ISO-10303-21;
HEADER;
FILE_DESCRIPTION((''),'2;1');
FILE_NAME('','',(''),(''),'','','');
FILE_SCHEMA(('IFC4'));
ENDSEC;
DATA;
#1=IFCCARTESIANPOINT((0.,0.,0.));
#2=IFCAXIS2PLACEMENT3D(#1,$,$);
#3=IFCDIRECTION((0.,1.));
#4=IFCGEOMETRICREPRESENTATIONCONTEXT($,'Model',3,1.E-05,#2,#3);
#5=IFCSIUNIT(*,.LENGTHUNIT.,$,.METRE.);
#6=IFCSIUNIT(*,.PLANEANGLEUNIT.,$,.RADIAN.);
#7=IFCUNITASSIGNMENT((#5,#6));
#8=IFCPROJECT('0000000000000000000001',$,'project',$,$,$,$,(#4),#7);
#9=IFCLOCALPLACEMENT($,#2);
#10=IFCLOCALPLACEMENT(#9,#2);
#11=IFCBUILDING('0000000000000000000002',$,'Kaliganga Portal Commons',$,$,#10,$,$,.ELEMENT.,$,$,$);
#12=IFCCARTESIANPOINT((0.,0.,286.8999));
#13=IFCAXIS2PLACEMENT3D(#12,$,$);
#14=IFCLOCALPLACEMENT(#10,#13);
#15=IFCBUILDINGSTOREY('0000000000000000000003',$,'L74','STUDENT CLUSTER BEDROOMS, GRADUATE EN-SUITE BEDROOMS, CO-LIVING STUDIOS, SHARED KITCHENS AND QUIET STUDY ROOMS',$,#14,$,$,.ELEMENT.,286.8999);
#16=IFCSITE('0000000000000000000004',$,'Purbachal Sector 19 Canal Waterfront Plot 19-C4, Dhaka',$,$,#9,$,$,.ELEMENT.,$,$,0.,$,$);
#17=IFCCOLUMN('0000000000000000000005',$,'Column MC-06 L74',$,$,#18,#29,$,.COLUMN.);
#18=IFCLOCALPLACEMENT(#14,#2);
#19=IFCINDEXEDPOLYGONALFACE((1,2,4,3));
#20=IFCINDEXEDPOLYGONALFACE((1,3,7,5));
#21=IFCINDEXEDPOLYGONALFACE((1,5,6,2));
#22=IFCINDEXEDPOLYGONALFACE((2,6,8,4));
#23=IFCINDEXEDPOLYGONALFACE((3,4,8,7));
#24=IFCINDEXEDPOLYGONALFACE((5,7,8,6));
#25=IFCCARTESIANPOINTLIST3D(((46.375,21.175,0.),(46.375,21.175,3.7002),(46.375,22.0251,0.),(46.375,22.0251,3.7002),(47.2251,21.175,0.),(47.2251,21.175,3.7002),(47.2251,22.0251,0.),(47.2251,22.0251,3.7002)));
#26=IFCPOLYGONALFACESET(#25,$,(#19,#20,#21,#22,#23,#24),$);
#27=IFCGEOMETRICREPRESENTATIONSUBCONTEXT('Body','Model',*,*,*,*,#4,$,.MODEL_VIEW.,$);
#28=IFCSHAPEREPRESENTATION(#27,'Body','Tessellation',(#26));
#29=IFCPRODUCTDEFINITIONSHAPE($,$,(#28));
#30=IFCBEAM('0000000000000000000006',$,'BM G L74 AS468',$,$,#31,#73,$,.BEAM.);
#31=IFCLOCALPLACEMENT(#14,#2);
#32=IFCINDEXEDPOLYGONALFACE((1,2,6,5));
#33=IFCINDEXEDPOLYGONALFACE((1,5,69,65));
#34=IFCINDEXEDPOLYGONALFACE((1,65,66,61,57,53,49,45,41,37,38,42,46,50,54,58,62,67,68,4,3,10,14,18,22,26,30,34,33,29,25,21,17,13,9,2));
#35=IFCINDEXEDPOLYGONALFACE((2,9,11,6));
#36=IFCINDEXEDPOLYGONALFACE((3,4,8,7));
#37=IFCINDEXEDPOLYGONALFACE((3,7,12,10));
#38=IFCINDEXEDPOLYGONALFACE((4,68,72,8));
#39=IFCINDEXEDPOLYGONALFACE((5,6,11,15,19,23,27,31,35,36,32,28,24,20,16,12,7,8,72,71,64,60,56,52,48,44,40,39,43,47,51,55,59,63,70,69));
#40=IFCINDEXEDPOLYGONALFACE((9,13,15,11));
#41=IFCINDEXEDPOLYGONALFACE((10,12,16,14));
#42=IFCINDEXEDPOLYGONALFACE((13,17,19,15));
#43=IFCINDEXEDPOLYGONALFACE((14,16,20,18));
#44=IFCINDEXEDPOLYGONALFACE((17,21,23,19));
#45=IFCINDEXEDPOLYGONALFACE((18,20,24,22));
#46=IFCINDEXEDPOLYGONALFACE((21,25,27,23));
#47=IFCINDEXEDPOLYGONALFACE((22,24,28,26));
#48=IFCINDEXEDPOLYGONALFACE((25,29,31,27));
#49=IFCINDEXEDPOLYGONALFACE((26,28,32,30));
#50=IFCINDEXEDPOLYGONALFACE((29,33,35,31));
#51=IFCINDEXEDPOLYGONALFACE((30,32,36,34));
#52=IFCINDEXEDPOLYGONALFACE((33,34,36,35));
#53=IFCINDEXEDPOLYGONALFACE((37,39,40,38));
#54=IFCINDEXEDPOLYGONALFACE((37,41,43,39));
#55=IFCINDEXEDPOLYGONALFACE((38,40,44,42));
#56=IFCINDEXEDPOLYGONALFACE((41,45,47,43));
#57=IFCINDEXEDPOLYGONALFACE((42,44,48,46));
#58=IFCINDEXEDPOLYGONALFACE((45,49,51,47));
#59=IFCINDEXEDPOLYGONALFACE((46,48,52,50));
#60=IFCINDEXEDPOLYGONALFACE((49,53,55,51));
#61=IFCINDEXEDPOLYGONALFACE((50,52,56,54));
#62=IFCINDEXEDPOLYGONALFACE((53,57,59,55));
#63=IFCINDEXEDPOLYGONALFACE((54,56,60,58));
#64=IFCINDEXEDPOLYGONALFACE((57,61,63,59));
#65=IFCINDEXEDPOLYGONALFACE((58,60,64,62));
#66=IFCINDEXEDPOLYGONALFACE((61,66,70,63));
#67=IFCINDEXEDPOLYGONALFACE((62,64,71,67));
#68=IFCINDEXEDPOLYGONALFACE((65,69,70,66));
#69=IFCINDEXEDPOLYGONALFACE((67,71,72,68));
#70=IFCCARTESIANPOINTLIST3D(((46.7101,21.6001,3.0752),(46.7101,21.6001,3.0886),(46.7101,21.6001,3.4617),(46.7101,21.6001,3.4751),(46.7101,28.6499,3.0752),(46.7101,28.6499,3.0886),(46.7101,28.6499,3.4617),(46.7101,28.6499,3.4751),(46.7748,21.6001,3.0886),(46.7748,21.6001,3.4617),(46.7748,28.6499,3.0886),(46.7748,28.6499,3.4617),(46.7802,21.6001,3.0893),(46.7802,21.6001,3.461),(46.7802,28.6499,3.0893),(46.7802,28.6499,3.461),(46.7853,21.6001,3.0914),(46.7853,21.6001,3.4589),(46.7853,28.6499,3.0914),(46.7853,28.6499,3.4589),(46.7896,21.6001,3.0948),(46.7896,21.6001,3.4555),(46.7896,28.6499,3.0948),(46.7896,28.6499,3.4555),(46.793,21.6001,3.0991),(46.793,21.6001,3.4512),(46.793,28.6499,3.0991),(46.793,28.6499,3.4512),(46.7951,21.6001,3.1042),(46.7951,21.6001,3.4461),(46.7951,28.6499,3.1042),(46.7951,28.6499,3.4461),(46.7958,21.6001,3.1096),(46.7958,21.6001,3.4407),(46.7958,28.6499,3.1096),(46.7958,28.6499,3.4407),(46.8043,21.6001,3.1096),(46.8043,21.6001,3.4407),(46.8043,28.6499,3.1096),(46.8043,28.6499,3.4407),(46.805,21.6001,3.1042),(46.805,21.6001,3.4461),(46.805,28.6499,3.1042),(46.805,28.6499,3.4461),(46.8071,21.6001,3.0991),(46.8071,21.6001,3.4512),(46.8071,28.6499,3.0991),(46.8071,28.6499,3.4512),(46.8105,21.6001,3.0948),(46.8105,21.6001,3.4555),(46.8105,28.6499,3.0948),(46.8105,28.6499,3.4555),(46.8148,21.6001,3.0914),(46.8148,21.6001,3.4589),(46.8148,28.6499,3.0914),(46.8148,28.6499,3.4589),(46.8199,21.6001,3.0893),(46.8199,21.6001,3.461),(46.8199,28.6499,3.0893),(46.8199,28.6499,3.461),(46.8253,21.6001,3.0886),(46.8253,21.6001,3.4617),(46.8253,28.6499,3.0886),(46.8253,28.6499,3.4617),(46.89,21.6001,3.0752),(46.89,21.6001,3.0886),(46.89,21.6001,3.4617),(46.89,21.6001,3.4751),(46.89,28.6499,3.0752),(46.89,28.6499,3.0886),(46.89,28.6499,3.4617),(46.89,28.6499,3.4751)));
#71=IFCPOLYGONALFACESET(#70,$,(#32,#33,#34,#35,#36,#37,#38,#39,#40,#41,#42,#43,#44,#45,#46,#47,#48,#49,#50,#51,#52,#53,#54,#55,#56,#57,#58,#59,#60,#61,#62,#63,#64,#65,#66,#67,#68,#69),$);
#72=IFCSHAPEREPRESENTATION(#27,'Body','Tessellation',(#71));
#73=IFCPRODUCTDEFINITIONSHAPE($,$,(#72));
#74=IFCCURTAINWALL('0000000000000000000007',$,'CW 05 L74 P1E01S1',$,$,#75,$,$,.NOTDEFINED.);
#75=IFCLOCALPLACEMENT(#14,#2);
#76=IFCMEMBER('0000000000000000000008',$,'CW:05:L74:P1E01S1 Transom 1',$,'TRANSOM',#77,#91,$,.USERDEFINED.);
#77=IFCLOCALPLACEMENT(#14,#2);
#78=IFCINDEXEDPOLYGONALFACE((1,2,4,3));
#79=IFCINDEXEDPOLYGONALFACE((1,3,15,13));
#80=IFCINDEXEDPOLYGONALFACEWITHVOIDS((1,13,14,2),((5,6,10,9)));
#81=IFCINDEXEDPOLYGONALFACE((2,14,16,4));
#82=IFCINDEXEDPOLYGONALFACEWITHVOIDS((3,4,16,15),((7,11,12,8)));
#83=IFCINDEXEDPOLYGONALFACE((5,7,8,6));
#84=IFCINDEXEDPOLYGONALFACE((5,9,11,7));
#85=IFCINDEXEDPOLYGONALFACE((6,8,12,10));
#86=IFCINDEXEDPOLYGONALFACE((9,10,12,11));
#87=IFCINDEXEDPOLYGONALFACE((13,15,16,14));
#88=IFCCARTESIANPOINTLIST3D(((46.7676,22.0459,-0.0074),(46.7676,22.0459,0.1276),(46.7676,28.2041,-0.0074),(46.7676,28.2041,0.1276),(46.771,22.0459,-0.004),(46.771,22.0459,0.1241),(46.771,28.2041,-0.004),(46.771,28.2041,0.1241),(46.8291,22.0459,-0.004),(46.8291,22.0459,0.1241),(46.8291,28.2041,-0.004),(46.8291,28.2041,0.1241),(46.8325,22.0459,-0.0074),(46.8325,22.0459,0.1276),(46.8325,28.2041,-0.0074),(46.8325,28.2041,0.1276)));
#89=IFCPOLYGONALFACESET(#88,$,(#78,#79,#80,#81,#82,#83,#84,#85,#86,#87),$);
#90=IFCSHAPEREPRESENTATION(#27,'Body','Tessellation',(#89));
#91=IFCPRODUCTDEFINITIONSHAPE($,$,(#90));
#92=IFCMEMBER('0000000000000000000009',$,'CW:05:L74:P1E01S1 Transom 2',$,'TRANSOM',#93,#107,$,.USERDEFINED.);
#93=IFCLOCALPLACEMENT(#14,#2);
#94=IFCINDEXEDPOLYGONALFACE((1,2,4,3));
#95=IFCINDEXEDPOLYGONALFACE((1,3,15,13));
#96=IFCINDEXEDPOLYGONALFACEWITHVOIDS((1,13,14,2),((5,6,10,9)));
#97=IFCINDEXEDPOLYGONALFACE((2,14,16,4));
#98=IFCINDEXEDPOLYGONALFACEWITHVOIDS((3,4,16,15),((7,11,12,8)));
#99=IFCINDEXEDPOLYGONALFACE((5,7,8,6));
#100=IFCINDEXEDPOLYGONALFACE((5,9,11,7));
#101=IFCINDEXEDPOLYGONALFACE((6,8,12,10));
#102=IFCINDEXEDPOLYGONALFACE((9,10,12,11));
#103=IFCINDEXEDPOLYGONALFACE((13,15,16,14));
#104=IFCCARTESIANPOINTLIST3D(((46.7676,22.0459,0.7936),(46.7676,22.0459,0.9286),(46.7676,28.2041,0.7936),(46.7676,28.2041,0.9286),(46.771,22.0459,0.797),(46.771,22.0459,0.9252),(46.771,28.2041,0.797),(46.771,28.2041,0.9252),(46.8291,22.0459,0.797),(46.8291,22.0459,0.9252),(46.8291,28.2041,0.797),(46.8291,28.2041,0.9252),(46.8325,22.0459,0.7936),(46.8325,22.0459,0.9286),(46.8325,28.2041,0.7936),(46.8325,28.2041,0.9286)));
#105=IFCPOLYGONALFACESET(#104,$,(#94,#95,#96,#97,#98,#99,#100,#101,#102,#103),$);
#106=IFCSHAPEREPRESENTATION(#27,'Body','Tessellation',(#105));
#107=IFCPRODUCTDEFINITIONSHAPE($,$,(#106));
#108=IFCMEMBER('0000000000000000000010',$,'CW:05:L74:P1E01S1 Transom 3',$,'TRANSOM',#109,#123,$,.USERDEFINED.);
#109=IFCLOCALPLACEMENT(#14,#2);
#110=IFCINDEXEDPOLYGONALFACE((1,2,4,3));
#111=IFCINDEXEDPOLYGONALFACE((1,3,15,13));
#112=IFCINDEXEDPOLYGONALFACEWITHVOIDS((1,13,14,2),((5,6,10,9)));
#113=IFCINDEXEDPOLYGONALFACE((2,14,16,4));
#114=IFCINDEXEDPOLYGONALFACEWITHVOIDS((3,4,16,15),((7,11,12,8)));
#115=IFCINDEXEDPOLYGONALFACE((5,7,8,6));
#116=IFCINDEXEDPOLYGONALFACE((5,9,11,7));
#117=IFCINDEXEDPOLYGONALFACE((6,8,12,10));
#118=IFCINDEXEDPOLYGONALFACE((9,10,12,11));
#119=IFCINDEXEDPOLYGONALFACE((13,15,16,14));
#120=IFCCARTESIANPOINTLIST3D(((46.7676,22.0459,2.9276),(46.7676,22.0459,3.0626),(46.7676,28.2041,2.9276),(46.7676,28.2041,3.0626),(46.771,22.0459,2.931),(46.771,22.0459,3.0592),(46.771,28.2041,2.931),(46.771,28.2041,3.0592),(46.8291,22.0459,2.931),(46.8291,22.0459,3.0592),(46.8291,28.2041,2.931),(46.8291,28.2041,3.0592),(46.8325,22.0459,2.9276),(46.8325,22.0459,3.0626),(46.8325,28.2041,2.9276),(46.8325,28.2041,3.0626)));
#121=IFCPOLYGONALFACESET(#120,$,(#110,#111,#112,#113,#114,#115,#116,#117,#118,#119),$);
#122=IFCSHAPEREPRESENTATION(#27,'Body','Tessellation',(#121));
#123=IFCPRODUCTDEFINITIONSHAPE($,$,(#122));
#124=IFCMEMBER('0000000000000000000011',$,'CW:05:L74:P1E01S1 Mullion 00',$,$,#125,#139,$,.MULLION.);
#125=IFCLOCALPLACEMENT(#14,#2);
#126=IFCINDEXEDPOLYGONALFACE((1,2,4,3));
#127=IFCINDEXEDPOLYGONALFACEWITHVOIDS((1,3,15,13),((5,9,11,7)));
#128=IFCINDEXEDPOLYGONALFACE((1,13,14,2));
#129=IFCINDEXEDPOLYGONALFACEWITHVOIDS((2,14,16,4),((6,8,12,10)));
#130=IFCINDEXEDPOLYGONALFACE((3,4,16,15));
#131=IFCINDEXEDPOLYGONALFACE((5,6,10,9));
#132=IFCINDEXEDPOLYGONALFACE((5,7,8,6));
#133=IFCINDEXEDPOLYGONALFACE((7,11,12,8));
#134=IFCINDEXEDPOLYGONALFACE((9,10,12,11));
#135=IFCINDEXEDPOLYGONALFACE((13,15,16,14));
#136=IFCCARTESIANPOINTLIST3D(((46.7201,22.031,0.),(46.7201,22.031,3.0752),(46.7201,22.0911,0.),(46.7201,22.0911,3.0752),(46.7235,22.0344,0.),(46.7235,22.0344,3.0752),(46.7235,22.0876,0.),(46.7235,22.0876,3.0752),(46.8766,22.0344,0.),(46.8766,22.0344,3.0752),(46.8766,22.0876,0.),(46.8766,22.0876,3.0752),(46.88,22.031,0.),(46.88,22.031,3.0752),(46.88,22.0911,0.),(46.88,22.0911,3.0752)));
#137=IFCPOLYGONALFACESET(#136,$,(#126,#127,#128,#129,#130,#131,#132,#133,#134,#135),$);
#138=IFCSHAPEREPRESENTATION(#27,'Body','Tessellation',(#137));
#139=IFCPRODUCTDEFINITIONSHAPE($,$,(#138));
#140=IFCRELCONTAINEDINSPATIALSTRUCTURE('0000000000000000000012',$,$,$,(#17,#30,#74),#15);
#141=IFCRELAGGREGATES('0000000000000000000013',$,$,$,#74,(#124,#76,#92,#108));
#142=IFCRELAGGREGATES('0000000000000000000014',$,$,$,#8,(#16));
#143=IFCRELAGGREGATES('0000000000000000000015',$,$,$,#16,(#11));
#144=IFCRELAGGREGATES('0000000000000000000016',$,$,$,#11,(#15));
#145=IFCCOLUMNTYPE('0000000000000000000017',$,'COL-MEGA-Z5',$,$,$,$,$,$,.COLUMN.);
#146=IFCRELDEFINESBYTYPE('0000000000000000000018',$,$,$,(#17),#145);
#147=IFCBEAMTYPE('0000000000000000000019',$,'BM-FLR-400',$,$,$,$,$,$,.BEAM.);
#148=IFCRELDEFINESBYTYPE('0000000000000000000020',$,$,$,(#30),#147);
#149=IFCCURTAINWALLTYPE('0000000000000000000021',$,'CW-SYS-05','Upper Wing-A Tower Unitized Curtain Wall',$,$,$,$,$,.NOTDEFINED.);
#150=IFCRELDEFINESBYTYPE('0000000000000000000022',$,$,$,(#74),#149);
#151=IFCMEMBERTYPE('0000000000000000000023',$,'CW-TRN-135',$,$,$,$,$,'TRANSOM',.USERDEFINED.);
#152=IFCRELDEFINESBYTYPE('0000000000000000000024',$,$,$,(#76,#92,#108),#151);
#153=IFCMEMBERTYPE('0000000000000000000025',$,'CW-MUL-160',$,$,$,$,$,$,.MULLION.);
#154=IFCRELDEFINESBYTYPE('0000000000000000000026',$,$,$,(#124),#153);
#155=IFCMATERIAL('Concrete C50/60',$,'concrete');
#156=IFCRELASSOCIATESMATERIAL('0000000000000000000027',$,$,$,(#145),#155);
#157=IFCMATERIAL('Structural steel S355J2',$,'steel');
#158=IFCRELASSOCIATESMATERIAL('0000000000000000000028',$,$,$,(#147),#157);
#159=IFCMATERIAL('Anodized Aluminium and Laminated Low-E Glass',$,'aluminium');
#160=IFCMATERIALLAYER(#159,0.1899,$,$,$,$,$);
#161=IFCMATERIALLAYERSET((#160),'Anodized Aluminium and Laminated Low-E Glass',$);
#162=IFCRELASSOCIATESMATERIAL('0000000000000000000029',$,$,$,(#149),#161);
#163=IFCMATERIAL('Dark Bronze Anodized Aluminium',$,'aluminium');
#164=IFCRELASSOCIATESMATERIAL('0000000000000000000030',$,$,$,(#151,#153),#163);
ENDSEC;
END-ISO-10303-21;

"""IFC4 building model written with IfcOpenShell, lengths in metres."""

from ifc_helpers import new_model, si_unit, direction, frame, origin, origin_2d, place, context, subcontext, project, spatial, rectangle, hollow_rectangle, i_section, extrude, source, transform, mapped, material, layer, layer_set, material_profile, profile_set, type_object, element, aggregate, save


model = new_model("IFC4")

# Units and contexts
model_context = context("Model", 3, precision=1e-05, world=origin(), true_north=direction((0.0, 1.0)))
body_context = subcontext(model_context, "Body", "Model", "MODEL_VIEW")
ifc_project = project(units=[si_unit("LENGTHUNIT", "METRE"), si_unit("PLANEANGLEUNIT", "RADIAN")], contexts=[model_context])

# Site, building, storey
site_placement = place(None, origin())
site = spatial("IfcSite", under=ifc_project, at=site_placement, Name="Purbachal Sector 19 Canal Waterfront Plot 19-C4, Dhaka", CompositionType="ELEMENT", RefElevation=0.0)
building_placement = place(site_placement, origin())
building = spatial("IfcBuilding", under=site, at=building_placement, Name="Kaliganga Portal Commons", CompositionType="ELEMENT")
storey_placement = place(building_placement, frame((0.0, 0.0, 286.8999)))
storey = spatial("IfcBuildingStorey", under=building, at=storey_placement, Name="L74", Description="STUDENT CLUSTER BEDROOMS, GRADUATE EN-SUITE BEDROOMS, CO-LIVING STUDIOS, SHARED KITCHENS AND QUIET STUDY ROOMS", CompositionType="ELEMENT", Elevation=286.8999)

# Column
ifc_material_1 = material(Name="Concrete C50/60", Category="concrete")
ifc_material_profile_1 = material_profile(ifc_material_1, rectangle(XDim=0.8501, YDim=0.8501, at=origin_2d()), Name="RC 850x850")
ifc_profile_set_1 = profile_set([ifc_material_profile_1], Name="Concrete C50/60")
column_type = type_object("IfcColumnType", Name="COL-MEGA-Z5", PredefinedType="COLUMN", material=ifc_profile_set_1)
shared_shape_1 = source(origin(), body_context, "Body", "SweptSolid", [
    extrude(rectangle(XDim=0.8501, YDim=0.8501, at=origin_2d()), origin(), (0.0, 0.0, 1.0), 3.7002),
])
column_placement = place(storey_placement, frame((46.8, 21.6001, 0.0), z_axis=(0.0, 0.0, 1.0), x_axis=(1.0, 0.0, 0.0)))
element("IfcColumn", 1, at=column_placement, inside=storey, type_object=column_type, Name="Column MC-06 L74", PredefinedType="COLUMN", context=body_context, shape_type="MappedRepresentation", body=[
    mapped(shared_shape_1, transform((0.0, 0.0, 0.0), x_axis=(1.0, 0.0, 0.0), y_axis=(0.0, 1.0, 0.0), z_axis=(0.0, 0.0, 1.0), scale=1.0)),
])

# Beam
ifc_material_2 = material(Name="Structural steel S355J2", Category="steel")
ifc_material_profile_2 = material_profile(ifc_material_2, i_section(OverallWidth=0.1799, OverallDepth=0.3999, WebThickness=0.0085, FlangeThickness=0.0134, FilletRadius=0.021, at=origin_2d()), Name="IPE 400")
ifc_profile_set_2 = profile_set([ifc_material_profile_2], Name="Structural steel S355J2 wide-flange")
beam_type = type_object("IfcBeamType", Name="BM-FLR-400", PredefinedType="BEAM", material=ifc_profile_set_2)
shared_shape_2 = source(origin(), body_context, "Body", "SweptSolid", [
    extrude(i_section(OverallWidth=0.1799, OverallDepth=0.3999, WebThickness=0.0085, FlangeThickness=0.0134, FilletRadius=0.021, at=origin_2d()), origin(), (0.0, 0.0, 1.0), 7.0498),
])
beam_placement = place(storey_placement, frame((46.8, 21.6001, 3.2751), z_axis=(0.0, 1.0, 0.0), x_axis=(-1.0, 0.0, 0.0)))
element("IfcBeam", 2, at=beam_placement, inside=storey, type_object=beam_type, Name="BM G L74 AS468", PredefinedType="BEAM", context=body_context, shape_type="MappedRepresentation", body=[
    mapped(shared_shape_2, transform((0.0, 0.0, 0.0), x_axis=(1.0, 0.0, 0.0), y_axis=(0.0, 1.0, 0.0), z_axis=(0.0, 0.0, 1.0), scale=1.0)),
])

# Curtain wall, members
ifc_material_3 = material(Name="Anodized Aluminium and Laminated Low-E Glass", Category="aluminium")
ifc_layer_1 = layer(ifc_material_3, 0.1899)
ifc_layer_set_1 = layer_set([ifc_layer_1], Name="Anodized Aluminium and Laminated Low-E Glass")
curtain_wall_type = type_object("IfcCurtainWallType", Name="CW-SYS-05", Description="Upper Wing-A Tower Unitized Curtain Wall", PredefinedType="NOTDEFINED", material=ifc_layer_set_1)
curtain_wall_placement = place(storey_placement, origin())
curtain_wall = element("IfcCurtainWall", 3, at=curtain_wall_placement, inside=storey, type_object=curtain_wall_type, Name="CW 05 L74 P1E01S1", PredefinedType="NOTDEFINED")
ifc_material_4 = material(Name="Dark Bronze Anodized Aluminium", Category="aluminium")
ifc_material_profile_3 = material_profile(ifc_material_4, hollow_rectangle(XDim=0.0649, YDim=0.135, WallThickness=0.0034, at=origin_2d()), Name="ALU TRAN 65x135x3.5")
ifc_profile_set_3 = profile_set([ifc_material_profile_3], Name="Dark Bronze Anodized Aluminium")
member_type_1 = type_object("IfcMemberType", Name="CW-TRN-135", ElementType="TRANSOM", PredefinedType="USERDEFINED", material=ifc_profile_set_3)
shared_shape_3 = source(origin(), body_context, "Body", "SweptSolid", [
    extrude(hollow_rectangle(XDim=0.0649, YDim=0.135, WallThickness=0.0034, at=origin_2d()), origin(), (0.0, 0.0, 1.0), 6.1582),
])
member_1_placement = place(storey_placement, frame((46.8, 22.0459, 0.0601), z_axis=(0.0, 1.0, 0.0), x_axis=(-1.0, 0.0, 0.0)))
member_1 = element("IfcMember", 4, at=member_1_placement, type_object=member_type_1, Name="CW:05:L74:P1E01S1 Transom 1", ObjectType="TRANSOM", PredefinedType="USERDEFINED", context=body_context, shape_type="MappedRepresentation", body=[
    mapped(shared_shape_3, transform((0.0, 0.0, 0.0), x_axis=(1.0, 0.0, 0.0), y_axis=(0.0, 1.0, 0.0), z_axis=(0.0, 0.0, 1.0), scale=1.0)),
])
member_2_placement = place(storey_placement, frame((46.8, 22.0459, 0.8611), z_axis=(0.0, 1.0, 0.0), x_axis=(-1.0, 0.0, 0.0)))
member_2 = element("IfcMember", 5, at=member_2_placement, type_object=member_type_1, Name="CW:05:L74:P1E01S1 Transom 2", ObjectType="TRANSOM", PredefinedType="USERDEFINED", context=body_context, shape_type="MappedRepresentation", body=[
    mapped(shared_shape_3, transform((0.0, 0.0, 0.0), x_axis=(1.0, 0.0, 0.0), y_axis=(0.0, 1.0, 0.0), z_axis=(0.0, 0.0, 1.0), scale=1.0)),
])
member_3_placement = place(storey_placement, frame((46.8, 22.0459, 2.9951), z_axis=(0.0, 1.0, 0.0), x_axis=(-1.0, 0.0, 0.0)))
member_3 = element("IfcMember", 6, at=member_3_placement, type_object=member_type_1, Name="CW:05:L74:P1E01S1 Transom 3", ObjectType="TRANSOM", PredefinedType="USERDEFINED", context=body_context, shape_type="MappedRepresentation", body=[
    mapped(shared_shape_3, transform((0.0, 0.0, 0.0), x_axis=(1.0, 0.0, 0.0), y_axis=(0.0, 1.0, 0.0), z_axis=(0.0, 0.0, 1.0), scale=1.0)),
])
ifc_material_profile_4 = material_profile(ifc_material_4, hollow_rectangle(XDim=0.0601, YDim=0.1599, WallThickness=0.0034, at=origin_2d()), Name="ALU MULL 60x160x3.5")
ifc_profile_set_4 = profile_set([ifc_material_profile_4], Name="Dark Bronze Anodized Aluminium")
member_type_2 = type_object("IfcMemberType", Name="CW-MUL-160", PredefinedType="MULLION", material=ifc_profile_set_4)
shared_shape_4 = source(origin(), body_context, "Body", "SweptSolid", [
    extrude(hollow_rectangle(XDim=0.0601, YDim=0.1599, WallThickness=0.0034, at=origin_2d()), origin(), (0.0, 0.0, 1.0), 3.0752),
])
member_4_placement = place(storey_placement, frame((46.8, 22.061, 0.0), z_axis=(0.0, 0.0, 1.0), x_axis=(0.0, 1.0, 0.0)))
member_4 = element("IfcMember", 7, at=member_4_placement, type_object=member_type_2, Name="CW:05:L74:P1E01S1 Mullion 00", PredefinedType="MULLION", context=body_context, shape_type="MappedRepresentation", body=[
    mapped(shared_shape_4, transform((0.0, 0.0, 0.0), x_axis=(1.0, 0.0, 0.0), y_axis=(0.0, 1.0, 0.0), z_axis=(0.0, 0.0, 1.0), scale=1.0)),
])
aggregate(curtain_wall, [member_4, member_1, member_2, member_3])

save(model, "model.ifc")
